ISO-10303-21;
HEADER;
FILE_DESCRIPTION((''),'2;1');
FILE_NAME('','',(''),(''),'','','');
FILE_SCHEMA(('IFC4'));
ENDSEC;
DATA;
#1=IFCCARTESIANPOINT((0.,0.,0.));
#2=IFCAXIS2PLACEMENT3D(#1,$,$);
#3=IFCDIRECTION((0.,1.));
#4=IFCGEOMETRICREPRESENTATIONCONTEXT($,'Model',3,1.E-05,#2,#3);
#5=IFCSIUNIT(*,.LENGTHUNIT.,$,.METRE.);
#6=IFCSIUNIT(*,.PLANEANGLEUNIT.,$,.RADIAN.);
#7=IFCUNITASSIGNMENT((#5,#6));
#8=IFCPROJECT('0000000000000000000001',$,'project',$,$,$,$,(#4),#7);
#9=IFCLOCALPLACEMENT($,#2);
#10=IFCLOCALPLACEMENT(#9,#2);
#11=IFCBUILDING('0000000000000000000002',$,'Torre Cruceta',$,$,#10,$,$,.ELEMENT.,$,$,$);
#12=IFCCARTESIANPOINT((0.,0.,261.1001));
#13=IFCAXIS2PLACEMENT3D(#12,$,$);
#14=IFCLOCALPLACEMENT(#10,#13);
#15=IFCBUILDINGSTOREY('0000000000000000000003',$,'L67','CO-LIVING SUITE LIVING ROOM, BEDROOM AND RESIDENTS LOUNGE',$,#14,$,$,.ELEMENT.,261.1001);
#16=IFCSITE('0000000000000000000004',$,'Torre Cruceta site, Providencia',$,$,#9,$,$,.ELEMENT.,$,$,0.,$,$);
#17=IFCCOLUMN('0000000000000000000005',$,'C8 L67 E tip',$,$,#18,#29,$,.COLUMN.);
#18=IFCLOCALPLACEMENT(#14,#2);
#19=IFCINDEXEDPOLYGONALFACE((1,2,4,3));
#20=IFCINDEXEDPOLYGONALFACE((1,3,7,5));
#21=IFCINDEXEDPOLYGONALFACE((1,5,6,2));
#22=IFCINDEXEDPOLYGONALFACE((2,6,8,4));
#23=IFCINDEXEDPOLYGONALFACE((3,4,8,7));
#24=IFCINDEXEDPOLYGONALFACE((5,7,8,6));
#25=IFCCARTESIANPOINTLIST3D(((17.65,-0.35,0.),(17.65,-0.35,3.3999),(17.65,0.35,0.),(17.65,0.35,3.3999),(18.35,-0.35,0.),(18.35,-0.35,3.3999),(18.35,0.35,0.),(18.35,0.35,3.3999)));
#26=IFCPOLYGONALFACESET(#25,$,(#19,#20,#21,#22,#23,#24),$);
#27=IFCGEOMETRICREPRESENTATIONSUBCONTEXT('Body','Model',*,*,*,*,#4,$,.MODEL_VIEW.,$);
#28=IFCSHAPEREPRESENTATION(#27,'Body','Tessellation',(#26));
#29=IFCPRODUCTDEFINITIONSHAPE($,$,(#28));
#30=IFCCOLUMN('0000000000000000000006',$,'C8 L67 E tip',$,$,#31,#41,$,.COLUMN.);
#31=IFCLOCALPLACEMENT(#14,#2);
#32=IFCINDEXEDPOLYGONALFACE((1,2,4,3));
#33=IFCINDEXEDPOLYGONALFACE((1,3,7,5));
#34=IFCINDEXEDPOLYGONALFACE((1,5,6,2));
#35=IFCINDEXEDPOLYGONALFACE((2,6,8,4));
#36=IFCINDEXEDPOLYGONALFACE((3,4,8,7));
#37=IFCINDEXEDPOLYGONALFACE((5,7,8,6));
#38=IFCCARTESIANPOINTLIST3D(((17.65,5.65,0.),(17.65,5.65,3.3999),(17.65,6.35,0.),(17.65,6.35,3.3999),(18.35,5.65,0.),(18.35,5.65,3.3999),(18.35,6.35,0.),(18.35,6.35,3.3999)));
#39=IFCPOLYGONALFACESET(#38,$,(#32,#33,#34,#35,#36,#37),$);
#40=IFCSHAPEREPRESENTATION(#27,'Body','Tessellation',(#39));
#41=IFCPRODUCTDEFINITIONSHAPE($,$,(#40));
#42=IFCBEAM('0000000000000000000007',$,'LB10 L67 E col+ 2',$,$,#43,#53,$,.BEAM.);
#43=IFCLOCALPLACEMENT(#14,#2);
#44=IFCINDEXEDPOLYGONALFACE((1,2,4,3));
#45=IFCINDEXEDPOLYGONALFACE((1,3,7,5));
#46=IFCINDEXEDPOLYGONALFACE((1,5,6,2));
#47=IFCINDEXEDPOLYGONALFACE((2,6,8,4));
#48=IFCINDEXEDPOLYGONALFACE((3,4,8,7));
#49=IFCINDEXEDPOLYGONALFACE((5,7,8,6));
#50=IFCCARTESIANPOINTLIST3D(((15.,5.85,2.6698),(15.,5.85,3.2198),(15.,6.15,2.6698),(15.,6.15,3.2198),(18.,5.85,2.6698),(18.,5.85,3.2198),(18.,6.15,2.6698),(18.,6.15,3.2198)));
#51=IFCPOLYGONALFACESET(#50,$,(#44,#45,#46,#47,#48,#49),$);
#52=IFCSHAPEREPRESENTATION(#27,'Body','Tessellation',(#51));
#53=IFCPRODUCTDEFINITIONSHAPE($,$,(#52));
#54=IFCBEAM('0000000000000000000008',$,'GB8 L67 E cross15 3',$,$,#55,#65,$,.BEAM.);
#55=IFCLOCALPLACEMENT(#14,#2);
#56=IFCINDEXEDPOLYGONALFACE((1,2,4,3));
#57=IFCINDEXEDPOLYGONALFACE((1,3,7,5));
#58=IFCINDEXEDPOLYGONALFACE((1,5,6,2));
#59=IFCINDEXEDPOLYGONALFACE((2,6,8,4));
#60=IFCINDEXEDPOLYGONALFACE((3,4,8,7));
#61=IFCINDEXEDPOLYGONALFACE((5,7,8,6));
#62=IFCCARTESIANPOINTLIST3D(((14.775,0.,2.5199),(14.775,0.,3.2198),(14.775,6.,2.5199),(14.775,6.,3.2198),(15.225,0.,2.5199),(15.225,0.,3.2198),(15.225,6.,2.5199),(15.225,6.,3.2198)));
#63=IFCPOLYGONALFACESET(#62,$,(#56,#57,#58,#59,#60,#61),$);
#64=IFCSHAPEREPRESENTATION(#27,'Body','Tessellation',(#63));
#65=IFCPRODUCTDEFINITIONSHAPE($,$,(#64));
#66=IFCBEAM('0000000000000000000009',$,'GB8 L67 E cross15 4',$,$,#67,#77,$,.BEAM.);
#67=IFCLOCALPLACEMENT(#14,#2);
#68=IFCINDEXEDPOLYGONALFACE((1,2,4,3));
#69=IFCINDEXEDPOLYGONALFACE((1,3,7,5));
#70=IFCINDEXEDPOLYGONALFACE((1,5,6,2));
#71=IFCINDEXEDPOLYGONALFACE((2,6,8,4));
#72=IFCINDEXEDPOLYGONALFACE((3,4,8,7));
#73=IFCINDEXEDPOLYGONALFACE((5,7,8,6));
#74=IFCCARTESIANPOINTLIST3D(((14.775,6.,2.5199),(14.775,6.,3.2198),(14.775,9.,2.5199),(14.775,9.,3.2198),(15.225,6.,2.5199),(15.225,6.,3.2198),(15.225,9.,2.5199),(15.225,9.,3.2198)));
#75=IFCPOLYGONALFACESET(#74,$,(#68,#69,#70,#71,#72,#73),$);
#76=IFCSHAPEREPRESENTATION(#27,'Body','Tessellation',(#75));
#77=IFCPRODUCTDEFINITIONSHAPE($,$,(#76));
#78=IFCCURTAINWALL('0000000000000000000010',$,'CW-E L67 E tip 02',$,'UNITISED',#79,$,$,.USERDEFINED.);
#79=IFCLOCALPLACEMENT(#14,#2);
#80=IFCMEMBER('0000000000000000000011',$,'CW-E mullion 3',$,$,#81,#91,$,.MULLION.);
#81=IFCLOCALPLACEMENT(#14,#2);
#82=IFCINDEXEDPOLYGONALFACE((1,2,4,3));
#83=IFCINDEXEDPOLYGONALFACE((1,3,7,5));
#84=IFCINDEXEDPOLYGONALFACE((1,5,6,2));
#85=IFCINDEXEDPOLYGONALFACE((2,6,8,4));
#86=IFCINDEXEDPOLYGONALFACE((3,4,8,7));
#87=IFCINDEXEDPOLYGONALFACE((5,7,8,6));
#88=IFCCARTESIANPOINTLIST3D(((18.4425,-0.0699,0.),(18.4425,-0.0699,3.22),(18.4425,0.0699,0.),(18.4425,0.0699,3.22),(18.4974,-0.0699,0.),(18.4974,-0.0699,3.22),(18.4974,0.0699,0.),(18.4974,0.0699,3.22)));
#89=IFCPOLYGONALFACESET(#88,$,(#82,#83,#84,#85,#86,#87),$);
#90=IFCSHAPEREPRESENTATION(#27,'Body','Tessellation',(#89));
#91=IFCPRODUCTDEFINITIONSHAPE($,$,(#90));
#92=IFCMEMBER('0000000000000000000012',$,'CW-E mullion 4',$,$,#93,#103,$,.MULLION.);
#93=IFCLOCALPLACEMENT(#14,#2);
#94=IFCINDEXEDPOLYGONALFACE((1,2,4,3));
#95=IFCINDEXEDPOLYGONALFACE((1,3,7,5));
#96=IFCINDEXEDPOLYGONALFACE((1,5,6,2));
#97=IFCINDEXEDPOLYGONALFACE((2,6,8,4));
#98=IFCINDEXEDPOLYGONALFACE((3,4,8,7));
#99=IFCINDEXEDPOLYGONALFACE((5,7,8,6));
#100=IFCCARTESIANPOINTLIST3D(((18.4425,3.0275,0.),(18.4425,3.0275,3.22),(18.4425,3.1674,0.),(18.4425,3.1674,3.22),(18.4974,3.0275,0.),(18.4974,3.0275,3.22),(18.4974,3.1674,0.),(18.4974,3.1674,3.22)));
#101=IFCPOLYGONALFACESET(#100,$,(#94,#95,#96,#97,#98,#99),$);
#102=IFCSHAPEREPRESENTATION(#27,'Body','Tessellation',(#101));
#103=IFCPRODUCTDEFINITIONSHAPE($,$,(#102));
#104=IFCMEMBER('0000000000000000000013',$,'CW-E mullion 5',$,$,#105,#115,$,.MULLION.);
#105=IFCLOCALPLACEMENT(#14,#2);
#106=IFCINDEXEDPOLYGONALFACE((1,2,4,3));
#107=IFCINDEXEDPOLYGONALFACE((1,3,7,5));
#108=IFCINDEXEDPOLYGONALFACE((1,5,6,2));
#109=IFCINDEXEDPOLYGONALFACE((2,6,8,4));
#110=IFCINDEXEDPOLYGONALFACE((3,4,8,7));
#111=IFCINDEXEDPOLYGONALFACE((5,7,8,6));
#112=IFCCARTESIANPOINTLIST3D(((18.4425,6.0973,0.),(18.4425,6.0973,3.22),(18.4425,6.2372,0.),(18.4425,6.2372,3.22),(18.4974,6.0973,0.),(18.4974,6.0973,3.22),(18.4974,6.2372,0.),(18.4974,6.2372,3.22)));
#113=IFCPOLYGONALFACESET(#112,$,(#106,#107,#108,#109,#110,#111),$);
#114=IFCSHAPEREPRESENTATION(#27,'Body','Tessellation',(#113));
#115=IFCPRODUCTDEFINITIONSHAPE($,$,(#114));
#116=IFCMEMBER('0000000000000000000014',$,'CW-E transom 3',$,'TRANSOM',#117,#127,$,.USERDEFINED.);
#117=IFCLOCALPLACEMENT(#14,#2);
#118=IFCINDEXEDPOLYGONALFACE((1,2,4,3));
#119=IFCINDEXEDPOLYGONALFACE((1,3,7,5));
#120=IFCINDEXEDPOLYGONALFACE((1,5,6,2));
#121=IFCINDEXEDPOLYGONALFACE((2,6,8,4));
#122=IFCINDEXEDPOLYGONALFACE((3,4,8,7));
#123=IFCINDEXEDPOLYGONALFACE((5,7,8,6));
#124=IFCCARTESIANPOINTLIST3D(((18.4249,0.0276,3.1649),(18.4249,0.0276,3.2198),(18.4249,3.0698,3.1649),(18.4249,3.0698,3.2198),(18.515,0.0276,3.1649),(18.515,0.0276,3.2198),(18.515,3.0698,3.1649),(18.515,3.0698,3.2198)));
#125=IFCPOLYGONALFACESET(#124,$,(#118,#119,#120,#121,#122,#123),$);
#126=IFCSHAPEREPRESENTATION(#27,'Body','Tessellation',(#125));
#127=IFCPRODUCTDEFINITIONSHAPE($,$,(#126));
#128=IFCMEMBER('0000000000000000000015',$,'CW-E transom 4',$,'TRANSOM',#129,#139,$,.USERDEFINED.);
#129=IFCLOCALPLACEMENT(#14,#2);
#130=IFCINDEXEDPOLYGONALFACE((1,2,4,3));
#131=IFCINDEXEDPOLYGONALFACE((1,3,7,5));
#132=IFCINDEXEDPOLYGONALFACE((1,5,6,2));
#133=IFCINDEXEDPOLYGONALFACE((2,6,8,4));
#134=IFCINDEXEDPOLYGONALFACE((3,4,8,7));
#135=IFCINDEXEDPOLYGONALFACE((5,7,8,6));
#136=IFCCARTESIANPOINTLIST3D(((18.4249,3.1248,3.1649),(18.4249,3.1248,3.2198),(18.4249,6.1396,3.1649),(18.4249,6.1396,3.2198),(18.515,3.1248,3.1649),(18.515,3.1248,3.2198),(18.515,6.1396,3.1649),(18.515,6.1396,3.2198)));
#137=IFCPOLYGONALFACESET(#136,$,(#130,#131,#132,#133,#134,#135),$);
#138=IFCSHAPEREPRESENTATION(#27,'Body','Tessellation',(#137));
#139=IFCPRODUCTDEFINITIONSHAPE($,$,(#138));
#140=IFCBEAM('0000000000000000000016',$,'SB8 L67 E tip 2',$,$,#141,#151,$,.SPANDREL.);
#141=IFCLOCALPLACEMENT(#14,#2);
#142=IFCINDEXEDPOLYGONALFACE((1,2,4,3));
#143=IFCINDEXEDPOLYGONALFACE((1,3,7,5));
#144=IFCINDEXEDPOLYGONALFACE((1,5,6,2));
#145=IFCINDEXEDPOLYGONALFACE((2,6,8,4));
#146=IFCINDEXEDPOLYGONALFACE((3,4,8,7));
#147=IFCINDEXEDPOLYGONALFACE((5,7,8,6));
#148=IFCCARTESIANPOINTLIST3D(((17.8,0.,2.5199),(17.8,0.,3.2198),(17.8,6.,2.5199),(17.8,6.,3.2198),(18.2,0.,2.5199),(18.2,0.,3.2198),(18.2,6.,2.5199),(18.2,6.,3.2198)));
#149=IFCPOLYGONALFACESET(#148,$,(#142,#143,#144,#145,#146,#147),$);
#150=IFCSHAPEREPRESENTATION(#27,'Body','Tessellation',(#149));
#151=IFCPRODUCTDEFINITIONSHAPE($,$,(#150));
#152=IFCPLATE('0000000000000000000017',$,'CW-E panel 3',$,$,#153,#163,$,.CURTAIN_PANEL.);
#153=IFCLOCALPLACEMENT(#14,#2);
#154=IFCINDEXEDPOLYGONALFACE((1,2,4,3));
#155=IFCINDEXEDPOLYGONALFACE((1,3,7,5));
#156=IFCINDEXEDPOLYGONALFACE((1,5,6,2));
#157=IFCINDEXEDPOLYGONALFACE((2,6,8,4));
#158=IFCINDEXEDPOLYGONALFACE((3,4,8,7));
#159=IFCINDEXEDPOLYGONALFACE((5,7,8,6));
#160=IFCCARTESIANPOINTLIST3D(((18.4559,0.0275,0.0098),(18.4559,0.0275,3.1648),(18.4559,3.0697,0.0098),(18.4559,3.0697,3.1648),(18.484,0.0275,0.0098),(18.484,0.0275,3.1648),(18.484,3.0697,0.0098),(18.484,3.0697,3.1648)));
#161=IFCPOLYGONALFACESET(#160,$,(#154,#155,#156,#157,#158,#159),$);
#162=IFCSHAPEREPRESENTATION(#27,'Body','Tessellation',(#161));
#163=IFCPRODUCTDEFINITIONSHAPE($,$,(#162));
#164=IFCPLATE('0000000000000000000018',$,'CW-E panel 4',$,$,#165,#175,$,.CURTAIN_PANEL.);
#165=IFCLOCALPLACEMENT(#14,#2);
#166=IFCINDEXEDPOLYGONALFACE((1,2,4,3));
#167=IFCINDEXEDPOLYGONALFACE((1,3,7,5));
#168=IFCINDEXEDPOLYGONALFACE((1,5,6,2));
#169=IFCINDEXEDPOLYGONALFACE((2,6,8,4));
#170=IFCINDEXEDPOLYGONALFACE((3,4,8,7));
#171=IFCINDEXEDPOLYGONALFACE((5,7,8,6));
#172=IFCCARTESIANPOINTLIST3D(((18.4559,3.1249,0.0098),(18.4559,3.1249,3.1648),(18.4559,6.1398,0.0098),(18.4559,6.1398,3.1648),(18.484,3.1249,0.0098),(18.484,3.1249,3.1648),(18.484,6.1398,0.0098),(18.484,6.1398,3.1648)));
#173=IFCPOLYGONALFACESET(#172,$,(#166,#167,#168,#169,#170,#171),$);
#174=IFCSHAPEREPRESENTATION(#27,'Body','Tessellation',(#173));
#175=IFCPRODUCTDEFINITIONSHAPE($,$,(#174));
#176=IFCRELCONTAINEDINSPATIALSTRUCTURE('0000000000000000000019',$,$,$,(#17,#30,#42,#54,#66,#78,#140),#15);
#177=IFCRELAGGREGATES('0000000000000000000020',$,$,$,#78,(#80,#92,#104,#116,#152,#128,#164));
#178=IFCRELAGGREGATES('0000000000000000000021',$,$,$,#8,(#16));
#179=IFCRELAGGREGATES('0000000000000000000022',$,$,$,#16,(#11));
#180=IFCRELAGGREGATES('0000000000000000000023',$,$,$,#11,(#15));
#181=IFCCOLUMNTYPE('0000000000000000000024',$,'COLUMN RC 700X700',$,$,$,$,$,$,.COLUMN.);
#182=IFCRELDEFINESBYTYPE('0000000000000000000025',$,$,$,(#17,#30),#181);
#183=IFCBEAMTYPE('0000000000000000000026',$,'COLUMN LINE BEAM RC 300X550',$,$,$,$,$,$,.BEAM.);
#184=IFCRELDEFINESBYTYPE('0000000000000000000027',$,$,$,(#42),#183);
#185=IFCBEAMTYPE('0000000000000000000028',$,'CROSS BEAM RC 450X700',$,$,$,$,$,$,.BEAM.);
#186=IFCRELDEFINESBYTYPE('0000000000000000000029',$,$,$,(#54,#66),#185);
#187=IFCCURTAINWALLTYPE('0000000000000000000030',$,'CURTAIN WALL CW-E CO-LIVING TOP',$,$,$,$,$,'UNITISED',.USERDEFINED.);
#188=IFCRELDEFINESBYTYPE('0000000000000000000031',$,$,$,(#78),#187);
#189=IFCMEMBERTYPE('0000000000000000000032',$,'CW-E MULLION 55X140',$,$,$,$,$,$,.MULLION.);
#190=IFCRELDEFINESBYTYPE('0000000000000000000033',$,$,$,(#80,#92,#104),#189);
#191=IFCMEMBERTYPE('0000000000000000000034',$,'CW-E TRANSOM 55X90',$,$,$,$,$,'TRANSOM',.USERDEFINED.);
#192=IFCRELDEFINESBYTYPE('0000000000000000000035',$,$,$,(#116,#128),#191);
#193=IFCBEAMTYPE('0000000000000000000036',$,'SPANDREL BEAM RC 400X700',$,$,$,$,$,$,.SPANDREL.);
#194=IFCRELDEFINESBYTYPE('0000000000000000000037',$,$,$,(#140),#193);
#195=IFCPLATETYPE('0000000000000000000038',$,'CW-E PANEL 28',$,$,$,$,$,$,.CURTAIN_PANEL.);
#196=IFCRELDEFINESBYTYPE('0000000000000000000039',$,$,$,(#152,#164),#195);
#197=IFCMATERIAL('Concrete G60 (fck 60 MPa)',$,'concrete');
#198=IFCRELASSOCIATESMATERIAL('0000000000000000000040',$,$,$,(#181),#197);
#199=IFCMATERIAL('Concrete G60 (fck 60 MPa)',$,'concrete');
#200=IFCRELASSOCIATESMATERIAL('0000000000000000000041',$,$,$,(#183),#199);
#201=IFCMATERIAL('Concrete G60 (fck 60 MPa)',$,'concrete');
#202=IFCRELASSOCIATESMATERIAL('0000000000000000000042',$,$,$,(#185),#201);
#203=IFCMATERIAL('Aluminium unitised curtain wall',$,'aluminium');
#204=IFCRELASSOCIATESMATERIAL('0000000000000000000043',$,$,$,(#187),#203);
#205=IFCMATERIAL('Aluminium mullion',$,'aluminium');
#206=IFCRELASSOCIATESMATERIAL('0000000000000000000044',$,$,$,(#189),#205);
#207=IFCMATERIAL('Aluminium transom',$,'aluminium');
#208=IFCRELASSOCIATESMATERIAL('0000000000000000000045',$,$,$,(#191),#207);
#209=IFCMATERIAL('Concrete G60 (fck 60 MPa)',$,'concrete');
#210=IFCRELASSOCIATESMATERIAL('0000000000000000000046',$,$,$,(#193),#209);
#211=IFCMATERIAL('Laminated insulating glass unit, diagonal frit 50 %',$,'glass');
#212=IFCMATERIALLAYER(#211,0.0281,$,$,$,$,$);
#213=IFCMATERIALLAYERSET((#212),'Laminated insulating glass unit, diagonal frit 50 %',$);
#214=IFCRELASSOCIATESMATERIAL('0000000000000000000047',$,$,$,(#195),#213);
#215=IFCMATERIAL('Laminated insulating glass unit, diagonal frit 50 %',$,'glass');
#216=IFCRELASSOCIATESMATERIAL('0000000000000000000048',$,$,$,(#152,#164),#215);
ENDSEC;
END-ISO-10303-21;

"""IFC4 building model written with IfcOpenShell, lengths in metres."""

from ifc_helpers import new_model, si_unit, direction, frame, origin, origin_2d, place, context, subcontext, project, spatial, rectangle, extrude, material, layer, layer_set, material_profile, profile_set, type_object, element, aggregate, save


model = new_model("IFC4")

# Units and contexts
model_context = context("Model", 3, precision=1e-05, world=origin(), true_north=direction((0.0, 1.0)))
body_context = subcontext(model_context, "Body", "Model", "MODEL_VIEW")
ifc_project = project(units=[si_unit("LENGTHUNIT", "METRE"), si_unit("PLANEANGLEUNIT", "RADIAN")], contexts=[model_context])

# Site, building, storey
site_placement = place(None, origin())
site = spatial("IfcSite", under=ifc_project, at=site_placement, Name="Torre Cruceta site, Providencia", CompositionType="ELEMENT", RefElevation=0.0)
building_placement = place(site_placement, origin())
building = spatial("IfcBuilding", under=site, at=building_placement, Name="Torre Cruceta", CompositionType="ELEMENT")
storey_placement = place(building_placement, frame((0.0, 0.0, 261.1001)))
storey = spatial("IfcBuildingStorey", under=building, at=storey_placement, Name="L67", Description="CO-LIVING SUITE LIVING ROOM, BEDROOM AND RESIDENTS LOUNGE", CompositionType="ELEMENT", Elevation=261.1001)

# Columns
ifc_material_1 = material(Name="Concrete G60 (fck 60 MPa)", Category="concrete")
ifc_material_profile_1 = material_profile(ifc_material_1, rectangle(XDim=0.7, YDim=0.7, at=origin_2d()), Name="RC 700X700")
ifc_profile_set_1 = profile_set([ifc_material_profile_1], Name="Concrete G60 (fck 60 MPa)")
column_type = type_object("IfcColumnType", Name="COLUMN RC 700X700", PredefinedType="COLUMN", material=ifc_profile_set_1)
for number, where, z_axis, x_axis, name in (
    (1, (18.0, 0.0, 0.0), (0.0, 0.0, 1.0), (1.0, 0.0, 0.0), "C8 L67 E tip"),
    (2, (18.0, 6.0, 0.0), (0.0, 0.0, 1.0), (1.0, 0.0, 0.0), "C8 L67 E tip"),
):
    element("IfcColumn", number, at=place(storey_placement, frame(where, z_axis=z_axis, x_axis=x_axis)), inside=storey, type_object=column_type, Name=name, PredefinedType="COLUMN", context=body_context, shape_type="SweptSolid", body=[
        extrude(rectangle(XDim=0.7, YDim=0.7, at=origin_2d()), origin(), (0.0, 0.0, 1.0), 3.3999),
    ])

# Beams
ifc_material_2 = material(Name="Concrete G60 (fck 60 MPa)", Category="concrete")
ifc_material_profile_2 = material_profile(ifc_material_2, rectangle(XDim=0.3, YDim=0.55, at=origin_2d()), Name="RC 300X550")
ifc_profile_set_2 = profile_set([ifc_material_profile_2], Name="Concrete G60 (fck 60 MPa)")
beam_type_1 = type_object("IfcBeamType", Name="COLUMN LINE BEAM RC 300X550", PredefinedType="BEAM", material=ifc_profile_set_2)
beam_1_placement = place(storey_placement, frame((15.0, 6.0, 2.9448), z_axis=(1.0, 0.0, 0.0), x_axis=(0.0, 1.0, 0.0)))
element("IfcBeam", 3, at=beam_1_placement, inside=storey, type_object=beam_type_1, Name="LB10 L67 E col+ 2", PredefinedType="BEAM", context=body_context, shape_type="SweptSolid", body=[
    extrude(rectangle(XDim=0.3, YDim=0.55, at=origin_2d()), origin(), (0.0, 0.0, 1.0), 3.0),
])
ifc_material_3 = material(Name="Concrete G60 (fck 60 MPa)", Category="concrete")
ifc_material_profile_3 = material_profile(ifc_material_3, rectangle(XDim=0.45, YDim=0.7, at=origin_2d()), Name="RC 450X700")
ifc_profile_set_3 = profile_set([ifc_material_profile_3], Name="Concrete G60 (fck 60 MPa)")
beam_type_2 = type_object("IfcBeamType", Name="CROSS BEAM RC 450X700", PredefinedType="BEAM", material=ifc_profile_set_3)
beam_2_placement = place(storey_placement, frame((15.0, 0.0, 2.8699), z_axis=(0.0, 1.0, 0.0), x_axis=(-1.0, 0.0, 0.0)))
element("IfcBeam", 4, at=beam_2_placement, inside=storey, type_object=beam_type_2, Name="GB8 L67 E cross15 3", PredefinedType="BEAM", context=body_context, shape_type="SweptSolid", body=[
    extrude(rectangle(XDim=0.45, YDim=0.7, at=origin_2d()), origin(), (0.0, 0.0, 1.0), 6.0),
])
beam_3_placement = place(storey_placement, frame((15.0, 6.0, 2.8699), z_axis=(0.0, 1.0, 0.0), x_axis=(-1.0, 0.0, 0.0)))
element("IfcBeam", 5, at=beam_3_placement, inside=storey, type_object=beam_type_2, Name="GB8 L67 E cross15 4", PredefinedType="BEAM", context=body_context, shape_type="SweptSolid", body=[
    extrude(rectangle(XDim=0.45, YDim=0.7, at=origin_2d()), origin(), (0.0, 0.0, 1.0), 3.0),
])

# Curtain wall, members
ifc_material_4 = material(Name="Aluminium unitised curtain wall", Category="aluminium")
curtain_wall_type = type_object("IfcCurtainWallType", Name="CURTAIN WALL CW-E CO-LIVING TOP", ElementType="UNITISED", PredefinedType="USERDEFINED", material=ifc_material_4)
curtain_wall_placement = place(storey_placement, origin())
curtain_wall = element("IfcCurtainWall", 6, at=curtain_wall_placement, inside=storey, type_object=curtain_wall_type, Name="CW-E L67 E tip 02", ObjectType="UNITISED", PredefinedType="USERDEFINED")
ifc_material_5 = material(Name="Aluminium mullion", Category="aluminium")
ifc_material_profile_4 = material_profile(ifc_material_5, rectangle(XDim=0.0549, YDim=0.1399, at=origin_2d()), Name="AL 55X140")
ifc_profile_set_4 = profile_set([ifc_material_profile_4], Name="Aluminium mullion")
member_type_1 = type_object("IfcMemberType", Name="CW-E MULLION 55X140", PredefinedType="MULLION", material=ifc_profile_set_4)
member_1_placement = place(storey_placement, frame((18.47, 0.0, 0.0), z_axis=(0.0, 0.0, 1.0), x_axis=(-1.0, 0.0, 0.0)))
member_1 = element("IfcMember", 7, at=member_1_placement, type_object=member_type_1, Name="CW-E mullion 3", PredefinedType="MULLION", context=body_context, shape_type="SweptSolid", body=[
    extrude(rectangle(XDim=0.0549, YDim=0.1399, at=origin_2d()), origin(), (0.0, 0.0, 1.0), 3.22),
])
member_2_placement = place(storey_placement, frame((18.47, 3.0974, 0.0), z_axis=(0.0, 0.0, 1.0), x_axis=(-1.0, 0.0, 0.0)))
member_2 = element("IfcMember", 8, at=member_2_placement, type_object=member_type_1, Name="CW-E mullion 4", PredefinedType="MULLION", context=body_context, shape_type="SweptSolid", body=[
    extrude(rectangle(XDim=0.0549, YDim=0.1399, at=origin_2d()), origin(), (0.0, 0.0, 1.0), 3.22),
])
member_3_placement = place(storey_placement, frame((18.47, 6.1672, 0.0), z_axis=(0.0, 0.0, 1.0), x_axis=(-1.0, 0.0, 0.0)))
member_3 = element("IfcMember", 9, at=member_3_placement, type_object=member_type_1, Name="CW-E mullion 5", PredefinedType="MULLION", context=body_context, shape_type="SweptSolid", body=[
    extrude(rectangle(XDim=0.0549, YDim=0.1399, at=origin_2d()), origin(), (0.0, 0.0, 1.0), 3.22),
])
ifc_material_6 = material(Name="Aluminium transom", Category="aluminium")
ifc_material_profile_5 = material_profile(ifc_material_6, rectangle(XDim=0.0901, YDim=0.0549, at=origin_2d()), Name="AL 90X55")
ifc_profile_set_5 = profile_set([ifc_material_profile_5], Name="Aluminium transom")
member_type_2 = type_object("IfcMemberType", Name="CW-E TRANSOM 55X90", ElementType="TRANSOM", PredefinedType="USERDEFINED", material=ifc_profile_set_5)
member_4_placement = place(storey_placement, frame((18.47, 0.0276, 3.1924), z_axis=(0.0, 1.0, 0.0), x_axis=(-1.0, 0.0, 0.0)))
member_4 = element("IfcMember", 10, at=member_4_placement, type_object=member_type_2, Name="CW-E transom 3", ObjectType="TRANSOM", PredefinedType="USERDEFINED", context=body_context, shape_type="SweptSolid", body=[
    extrude(rectangle(XDim=0.0901, YDim=0.0549, at=origin_2d()), origin(), (0.0, 0.0, 1.0), 3.0422),
])
member_5_placement = place(storey_placement, frame((18.47, 3.1248, 3.1924), z_axis=(0.0, 1.0, 0.0), x_axis=(-1.0, 0.0, 0.0)))
member_5 = element("IfcMember", 11, at=member_5_placement, type_object=member_type_2, Name="CW-E transom 4", ObjectType="TRANSOM", PredefinedType="USERDEFINED", context=body_context, shape_type="SweptSolid", body=[
    extrude(rectangle(XDim=0.0901, YDim=0.0549, at=origin_2d()), origin(), (0.0, 0.0, 1.0), 3.0149),
])

# Beam
ifc_material_7 = material(Name="Concrete G60 (fck 60 MPa)", Category="concrete")
ifc_material_profile_6 = material_profile(ifc_material_7, rectangle(XDim=0.3999, YDim=0.7, at=origin_2d()), Name="RC 400X700")
ifc_profile_set_6 = profile_set([ifc_material_profile_6], Name="Concrete G60 (fck 60 MPa)")
beam_type_3 = type_object("IfcBeamType", Name="SPANDREL BEAM RC 400X700", PredefinedType="SPANDREL", material=ifc_profile_set_6)
beam_4_placement = place(storey_placement, frame((18.0, 0.0, 2.8699), z_axis=(0.0, 1.0, 0.0), x_axis=(-1.0, 0.0, 0.0)))
element("IfcBeam", 12, at=beam_4_placement, inside=storey, type_object=beam_type_3, Name="SB8 L67 E tip 2", PredefinedType="SPANDREL", context=body_context, shape_type="SweptSolid", body=[
    extrude(rectangle(XDim=0.3999, YDim=0.7, at=origin_2d()), origin(), (0.0, 0.0, 1.0), 6.0),
])

# Plates
ifc_material_8 = material(Name="Laminated insulating glass unit, diagonal frit 50 %", Category="glass")
ifc_material_9 = material(Name="Laminated insulating glass unit, diagonal frit 50 %", Category="glass")
ifc_layer_1 = layer(ifc_material_9, 0.0281)
ifc_layer_set_1 = layer_set([ifc_layer_1], Name="Laminated insulating glass unit, diagonal frit 50 %")
plate_type = type_object("IfcPlateType", Name="CW-E PANEL 28", PredefinedType="CURTAIN_PANEL", material=ifc_layer_set_1)
plate_1_placement = place(storey_placement, frame((18.47, 1.5486, 0.0098), z_axis=(0.0, 0.0, 1.0), x_axis=(0.0, 1.0, 0.0)))
plate_1 = element("IfcPlate", 13, at=plate_1_placement, type_object=plate_type, material=ifc_material_8, Name="CW-E panel 3", PredefinedType="CURTAIN_PANEL", context=body_context, shape_type="SweptSolid", body=[
    extrude(rectangle(XDim=3.0422, YDim=0.0281, at=origin_2d()), origin(), (0.0, 0.0, 1.0), 3.155),
])
plate_2_placement = place(storey_placement, frame((18.47, 4.6323, 0.0098), z_axis=(0.0, 0.0, 1.0), x_axis=(0.0, 1.0, 0.0)))
plate_2 = element("IfcPlate", 14, at=plate_2_placement, type_object=plate_type, material=ifc_material_8, Name="CW-E panel 4", PredefinedType="CURTAIN_PANEL", context=body_context, shape_type="SweptSolid", body=[
    extrude(rectangle(XDim=3.0149, YDim=0.0281, at=origin_2d()), origin(), (0.0, 0.0, 1.0), 3.155),
])
aggregate(curtain_wall, [member_1, member_2, member_3, member_4, plate_1, member_5, plate_2])

save(model, "model.ifc")
